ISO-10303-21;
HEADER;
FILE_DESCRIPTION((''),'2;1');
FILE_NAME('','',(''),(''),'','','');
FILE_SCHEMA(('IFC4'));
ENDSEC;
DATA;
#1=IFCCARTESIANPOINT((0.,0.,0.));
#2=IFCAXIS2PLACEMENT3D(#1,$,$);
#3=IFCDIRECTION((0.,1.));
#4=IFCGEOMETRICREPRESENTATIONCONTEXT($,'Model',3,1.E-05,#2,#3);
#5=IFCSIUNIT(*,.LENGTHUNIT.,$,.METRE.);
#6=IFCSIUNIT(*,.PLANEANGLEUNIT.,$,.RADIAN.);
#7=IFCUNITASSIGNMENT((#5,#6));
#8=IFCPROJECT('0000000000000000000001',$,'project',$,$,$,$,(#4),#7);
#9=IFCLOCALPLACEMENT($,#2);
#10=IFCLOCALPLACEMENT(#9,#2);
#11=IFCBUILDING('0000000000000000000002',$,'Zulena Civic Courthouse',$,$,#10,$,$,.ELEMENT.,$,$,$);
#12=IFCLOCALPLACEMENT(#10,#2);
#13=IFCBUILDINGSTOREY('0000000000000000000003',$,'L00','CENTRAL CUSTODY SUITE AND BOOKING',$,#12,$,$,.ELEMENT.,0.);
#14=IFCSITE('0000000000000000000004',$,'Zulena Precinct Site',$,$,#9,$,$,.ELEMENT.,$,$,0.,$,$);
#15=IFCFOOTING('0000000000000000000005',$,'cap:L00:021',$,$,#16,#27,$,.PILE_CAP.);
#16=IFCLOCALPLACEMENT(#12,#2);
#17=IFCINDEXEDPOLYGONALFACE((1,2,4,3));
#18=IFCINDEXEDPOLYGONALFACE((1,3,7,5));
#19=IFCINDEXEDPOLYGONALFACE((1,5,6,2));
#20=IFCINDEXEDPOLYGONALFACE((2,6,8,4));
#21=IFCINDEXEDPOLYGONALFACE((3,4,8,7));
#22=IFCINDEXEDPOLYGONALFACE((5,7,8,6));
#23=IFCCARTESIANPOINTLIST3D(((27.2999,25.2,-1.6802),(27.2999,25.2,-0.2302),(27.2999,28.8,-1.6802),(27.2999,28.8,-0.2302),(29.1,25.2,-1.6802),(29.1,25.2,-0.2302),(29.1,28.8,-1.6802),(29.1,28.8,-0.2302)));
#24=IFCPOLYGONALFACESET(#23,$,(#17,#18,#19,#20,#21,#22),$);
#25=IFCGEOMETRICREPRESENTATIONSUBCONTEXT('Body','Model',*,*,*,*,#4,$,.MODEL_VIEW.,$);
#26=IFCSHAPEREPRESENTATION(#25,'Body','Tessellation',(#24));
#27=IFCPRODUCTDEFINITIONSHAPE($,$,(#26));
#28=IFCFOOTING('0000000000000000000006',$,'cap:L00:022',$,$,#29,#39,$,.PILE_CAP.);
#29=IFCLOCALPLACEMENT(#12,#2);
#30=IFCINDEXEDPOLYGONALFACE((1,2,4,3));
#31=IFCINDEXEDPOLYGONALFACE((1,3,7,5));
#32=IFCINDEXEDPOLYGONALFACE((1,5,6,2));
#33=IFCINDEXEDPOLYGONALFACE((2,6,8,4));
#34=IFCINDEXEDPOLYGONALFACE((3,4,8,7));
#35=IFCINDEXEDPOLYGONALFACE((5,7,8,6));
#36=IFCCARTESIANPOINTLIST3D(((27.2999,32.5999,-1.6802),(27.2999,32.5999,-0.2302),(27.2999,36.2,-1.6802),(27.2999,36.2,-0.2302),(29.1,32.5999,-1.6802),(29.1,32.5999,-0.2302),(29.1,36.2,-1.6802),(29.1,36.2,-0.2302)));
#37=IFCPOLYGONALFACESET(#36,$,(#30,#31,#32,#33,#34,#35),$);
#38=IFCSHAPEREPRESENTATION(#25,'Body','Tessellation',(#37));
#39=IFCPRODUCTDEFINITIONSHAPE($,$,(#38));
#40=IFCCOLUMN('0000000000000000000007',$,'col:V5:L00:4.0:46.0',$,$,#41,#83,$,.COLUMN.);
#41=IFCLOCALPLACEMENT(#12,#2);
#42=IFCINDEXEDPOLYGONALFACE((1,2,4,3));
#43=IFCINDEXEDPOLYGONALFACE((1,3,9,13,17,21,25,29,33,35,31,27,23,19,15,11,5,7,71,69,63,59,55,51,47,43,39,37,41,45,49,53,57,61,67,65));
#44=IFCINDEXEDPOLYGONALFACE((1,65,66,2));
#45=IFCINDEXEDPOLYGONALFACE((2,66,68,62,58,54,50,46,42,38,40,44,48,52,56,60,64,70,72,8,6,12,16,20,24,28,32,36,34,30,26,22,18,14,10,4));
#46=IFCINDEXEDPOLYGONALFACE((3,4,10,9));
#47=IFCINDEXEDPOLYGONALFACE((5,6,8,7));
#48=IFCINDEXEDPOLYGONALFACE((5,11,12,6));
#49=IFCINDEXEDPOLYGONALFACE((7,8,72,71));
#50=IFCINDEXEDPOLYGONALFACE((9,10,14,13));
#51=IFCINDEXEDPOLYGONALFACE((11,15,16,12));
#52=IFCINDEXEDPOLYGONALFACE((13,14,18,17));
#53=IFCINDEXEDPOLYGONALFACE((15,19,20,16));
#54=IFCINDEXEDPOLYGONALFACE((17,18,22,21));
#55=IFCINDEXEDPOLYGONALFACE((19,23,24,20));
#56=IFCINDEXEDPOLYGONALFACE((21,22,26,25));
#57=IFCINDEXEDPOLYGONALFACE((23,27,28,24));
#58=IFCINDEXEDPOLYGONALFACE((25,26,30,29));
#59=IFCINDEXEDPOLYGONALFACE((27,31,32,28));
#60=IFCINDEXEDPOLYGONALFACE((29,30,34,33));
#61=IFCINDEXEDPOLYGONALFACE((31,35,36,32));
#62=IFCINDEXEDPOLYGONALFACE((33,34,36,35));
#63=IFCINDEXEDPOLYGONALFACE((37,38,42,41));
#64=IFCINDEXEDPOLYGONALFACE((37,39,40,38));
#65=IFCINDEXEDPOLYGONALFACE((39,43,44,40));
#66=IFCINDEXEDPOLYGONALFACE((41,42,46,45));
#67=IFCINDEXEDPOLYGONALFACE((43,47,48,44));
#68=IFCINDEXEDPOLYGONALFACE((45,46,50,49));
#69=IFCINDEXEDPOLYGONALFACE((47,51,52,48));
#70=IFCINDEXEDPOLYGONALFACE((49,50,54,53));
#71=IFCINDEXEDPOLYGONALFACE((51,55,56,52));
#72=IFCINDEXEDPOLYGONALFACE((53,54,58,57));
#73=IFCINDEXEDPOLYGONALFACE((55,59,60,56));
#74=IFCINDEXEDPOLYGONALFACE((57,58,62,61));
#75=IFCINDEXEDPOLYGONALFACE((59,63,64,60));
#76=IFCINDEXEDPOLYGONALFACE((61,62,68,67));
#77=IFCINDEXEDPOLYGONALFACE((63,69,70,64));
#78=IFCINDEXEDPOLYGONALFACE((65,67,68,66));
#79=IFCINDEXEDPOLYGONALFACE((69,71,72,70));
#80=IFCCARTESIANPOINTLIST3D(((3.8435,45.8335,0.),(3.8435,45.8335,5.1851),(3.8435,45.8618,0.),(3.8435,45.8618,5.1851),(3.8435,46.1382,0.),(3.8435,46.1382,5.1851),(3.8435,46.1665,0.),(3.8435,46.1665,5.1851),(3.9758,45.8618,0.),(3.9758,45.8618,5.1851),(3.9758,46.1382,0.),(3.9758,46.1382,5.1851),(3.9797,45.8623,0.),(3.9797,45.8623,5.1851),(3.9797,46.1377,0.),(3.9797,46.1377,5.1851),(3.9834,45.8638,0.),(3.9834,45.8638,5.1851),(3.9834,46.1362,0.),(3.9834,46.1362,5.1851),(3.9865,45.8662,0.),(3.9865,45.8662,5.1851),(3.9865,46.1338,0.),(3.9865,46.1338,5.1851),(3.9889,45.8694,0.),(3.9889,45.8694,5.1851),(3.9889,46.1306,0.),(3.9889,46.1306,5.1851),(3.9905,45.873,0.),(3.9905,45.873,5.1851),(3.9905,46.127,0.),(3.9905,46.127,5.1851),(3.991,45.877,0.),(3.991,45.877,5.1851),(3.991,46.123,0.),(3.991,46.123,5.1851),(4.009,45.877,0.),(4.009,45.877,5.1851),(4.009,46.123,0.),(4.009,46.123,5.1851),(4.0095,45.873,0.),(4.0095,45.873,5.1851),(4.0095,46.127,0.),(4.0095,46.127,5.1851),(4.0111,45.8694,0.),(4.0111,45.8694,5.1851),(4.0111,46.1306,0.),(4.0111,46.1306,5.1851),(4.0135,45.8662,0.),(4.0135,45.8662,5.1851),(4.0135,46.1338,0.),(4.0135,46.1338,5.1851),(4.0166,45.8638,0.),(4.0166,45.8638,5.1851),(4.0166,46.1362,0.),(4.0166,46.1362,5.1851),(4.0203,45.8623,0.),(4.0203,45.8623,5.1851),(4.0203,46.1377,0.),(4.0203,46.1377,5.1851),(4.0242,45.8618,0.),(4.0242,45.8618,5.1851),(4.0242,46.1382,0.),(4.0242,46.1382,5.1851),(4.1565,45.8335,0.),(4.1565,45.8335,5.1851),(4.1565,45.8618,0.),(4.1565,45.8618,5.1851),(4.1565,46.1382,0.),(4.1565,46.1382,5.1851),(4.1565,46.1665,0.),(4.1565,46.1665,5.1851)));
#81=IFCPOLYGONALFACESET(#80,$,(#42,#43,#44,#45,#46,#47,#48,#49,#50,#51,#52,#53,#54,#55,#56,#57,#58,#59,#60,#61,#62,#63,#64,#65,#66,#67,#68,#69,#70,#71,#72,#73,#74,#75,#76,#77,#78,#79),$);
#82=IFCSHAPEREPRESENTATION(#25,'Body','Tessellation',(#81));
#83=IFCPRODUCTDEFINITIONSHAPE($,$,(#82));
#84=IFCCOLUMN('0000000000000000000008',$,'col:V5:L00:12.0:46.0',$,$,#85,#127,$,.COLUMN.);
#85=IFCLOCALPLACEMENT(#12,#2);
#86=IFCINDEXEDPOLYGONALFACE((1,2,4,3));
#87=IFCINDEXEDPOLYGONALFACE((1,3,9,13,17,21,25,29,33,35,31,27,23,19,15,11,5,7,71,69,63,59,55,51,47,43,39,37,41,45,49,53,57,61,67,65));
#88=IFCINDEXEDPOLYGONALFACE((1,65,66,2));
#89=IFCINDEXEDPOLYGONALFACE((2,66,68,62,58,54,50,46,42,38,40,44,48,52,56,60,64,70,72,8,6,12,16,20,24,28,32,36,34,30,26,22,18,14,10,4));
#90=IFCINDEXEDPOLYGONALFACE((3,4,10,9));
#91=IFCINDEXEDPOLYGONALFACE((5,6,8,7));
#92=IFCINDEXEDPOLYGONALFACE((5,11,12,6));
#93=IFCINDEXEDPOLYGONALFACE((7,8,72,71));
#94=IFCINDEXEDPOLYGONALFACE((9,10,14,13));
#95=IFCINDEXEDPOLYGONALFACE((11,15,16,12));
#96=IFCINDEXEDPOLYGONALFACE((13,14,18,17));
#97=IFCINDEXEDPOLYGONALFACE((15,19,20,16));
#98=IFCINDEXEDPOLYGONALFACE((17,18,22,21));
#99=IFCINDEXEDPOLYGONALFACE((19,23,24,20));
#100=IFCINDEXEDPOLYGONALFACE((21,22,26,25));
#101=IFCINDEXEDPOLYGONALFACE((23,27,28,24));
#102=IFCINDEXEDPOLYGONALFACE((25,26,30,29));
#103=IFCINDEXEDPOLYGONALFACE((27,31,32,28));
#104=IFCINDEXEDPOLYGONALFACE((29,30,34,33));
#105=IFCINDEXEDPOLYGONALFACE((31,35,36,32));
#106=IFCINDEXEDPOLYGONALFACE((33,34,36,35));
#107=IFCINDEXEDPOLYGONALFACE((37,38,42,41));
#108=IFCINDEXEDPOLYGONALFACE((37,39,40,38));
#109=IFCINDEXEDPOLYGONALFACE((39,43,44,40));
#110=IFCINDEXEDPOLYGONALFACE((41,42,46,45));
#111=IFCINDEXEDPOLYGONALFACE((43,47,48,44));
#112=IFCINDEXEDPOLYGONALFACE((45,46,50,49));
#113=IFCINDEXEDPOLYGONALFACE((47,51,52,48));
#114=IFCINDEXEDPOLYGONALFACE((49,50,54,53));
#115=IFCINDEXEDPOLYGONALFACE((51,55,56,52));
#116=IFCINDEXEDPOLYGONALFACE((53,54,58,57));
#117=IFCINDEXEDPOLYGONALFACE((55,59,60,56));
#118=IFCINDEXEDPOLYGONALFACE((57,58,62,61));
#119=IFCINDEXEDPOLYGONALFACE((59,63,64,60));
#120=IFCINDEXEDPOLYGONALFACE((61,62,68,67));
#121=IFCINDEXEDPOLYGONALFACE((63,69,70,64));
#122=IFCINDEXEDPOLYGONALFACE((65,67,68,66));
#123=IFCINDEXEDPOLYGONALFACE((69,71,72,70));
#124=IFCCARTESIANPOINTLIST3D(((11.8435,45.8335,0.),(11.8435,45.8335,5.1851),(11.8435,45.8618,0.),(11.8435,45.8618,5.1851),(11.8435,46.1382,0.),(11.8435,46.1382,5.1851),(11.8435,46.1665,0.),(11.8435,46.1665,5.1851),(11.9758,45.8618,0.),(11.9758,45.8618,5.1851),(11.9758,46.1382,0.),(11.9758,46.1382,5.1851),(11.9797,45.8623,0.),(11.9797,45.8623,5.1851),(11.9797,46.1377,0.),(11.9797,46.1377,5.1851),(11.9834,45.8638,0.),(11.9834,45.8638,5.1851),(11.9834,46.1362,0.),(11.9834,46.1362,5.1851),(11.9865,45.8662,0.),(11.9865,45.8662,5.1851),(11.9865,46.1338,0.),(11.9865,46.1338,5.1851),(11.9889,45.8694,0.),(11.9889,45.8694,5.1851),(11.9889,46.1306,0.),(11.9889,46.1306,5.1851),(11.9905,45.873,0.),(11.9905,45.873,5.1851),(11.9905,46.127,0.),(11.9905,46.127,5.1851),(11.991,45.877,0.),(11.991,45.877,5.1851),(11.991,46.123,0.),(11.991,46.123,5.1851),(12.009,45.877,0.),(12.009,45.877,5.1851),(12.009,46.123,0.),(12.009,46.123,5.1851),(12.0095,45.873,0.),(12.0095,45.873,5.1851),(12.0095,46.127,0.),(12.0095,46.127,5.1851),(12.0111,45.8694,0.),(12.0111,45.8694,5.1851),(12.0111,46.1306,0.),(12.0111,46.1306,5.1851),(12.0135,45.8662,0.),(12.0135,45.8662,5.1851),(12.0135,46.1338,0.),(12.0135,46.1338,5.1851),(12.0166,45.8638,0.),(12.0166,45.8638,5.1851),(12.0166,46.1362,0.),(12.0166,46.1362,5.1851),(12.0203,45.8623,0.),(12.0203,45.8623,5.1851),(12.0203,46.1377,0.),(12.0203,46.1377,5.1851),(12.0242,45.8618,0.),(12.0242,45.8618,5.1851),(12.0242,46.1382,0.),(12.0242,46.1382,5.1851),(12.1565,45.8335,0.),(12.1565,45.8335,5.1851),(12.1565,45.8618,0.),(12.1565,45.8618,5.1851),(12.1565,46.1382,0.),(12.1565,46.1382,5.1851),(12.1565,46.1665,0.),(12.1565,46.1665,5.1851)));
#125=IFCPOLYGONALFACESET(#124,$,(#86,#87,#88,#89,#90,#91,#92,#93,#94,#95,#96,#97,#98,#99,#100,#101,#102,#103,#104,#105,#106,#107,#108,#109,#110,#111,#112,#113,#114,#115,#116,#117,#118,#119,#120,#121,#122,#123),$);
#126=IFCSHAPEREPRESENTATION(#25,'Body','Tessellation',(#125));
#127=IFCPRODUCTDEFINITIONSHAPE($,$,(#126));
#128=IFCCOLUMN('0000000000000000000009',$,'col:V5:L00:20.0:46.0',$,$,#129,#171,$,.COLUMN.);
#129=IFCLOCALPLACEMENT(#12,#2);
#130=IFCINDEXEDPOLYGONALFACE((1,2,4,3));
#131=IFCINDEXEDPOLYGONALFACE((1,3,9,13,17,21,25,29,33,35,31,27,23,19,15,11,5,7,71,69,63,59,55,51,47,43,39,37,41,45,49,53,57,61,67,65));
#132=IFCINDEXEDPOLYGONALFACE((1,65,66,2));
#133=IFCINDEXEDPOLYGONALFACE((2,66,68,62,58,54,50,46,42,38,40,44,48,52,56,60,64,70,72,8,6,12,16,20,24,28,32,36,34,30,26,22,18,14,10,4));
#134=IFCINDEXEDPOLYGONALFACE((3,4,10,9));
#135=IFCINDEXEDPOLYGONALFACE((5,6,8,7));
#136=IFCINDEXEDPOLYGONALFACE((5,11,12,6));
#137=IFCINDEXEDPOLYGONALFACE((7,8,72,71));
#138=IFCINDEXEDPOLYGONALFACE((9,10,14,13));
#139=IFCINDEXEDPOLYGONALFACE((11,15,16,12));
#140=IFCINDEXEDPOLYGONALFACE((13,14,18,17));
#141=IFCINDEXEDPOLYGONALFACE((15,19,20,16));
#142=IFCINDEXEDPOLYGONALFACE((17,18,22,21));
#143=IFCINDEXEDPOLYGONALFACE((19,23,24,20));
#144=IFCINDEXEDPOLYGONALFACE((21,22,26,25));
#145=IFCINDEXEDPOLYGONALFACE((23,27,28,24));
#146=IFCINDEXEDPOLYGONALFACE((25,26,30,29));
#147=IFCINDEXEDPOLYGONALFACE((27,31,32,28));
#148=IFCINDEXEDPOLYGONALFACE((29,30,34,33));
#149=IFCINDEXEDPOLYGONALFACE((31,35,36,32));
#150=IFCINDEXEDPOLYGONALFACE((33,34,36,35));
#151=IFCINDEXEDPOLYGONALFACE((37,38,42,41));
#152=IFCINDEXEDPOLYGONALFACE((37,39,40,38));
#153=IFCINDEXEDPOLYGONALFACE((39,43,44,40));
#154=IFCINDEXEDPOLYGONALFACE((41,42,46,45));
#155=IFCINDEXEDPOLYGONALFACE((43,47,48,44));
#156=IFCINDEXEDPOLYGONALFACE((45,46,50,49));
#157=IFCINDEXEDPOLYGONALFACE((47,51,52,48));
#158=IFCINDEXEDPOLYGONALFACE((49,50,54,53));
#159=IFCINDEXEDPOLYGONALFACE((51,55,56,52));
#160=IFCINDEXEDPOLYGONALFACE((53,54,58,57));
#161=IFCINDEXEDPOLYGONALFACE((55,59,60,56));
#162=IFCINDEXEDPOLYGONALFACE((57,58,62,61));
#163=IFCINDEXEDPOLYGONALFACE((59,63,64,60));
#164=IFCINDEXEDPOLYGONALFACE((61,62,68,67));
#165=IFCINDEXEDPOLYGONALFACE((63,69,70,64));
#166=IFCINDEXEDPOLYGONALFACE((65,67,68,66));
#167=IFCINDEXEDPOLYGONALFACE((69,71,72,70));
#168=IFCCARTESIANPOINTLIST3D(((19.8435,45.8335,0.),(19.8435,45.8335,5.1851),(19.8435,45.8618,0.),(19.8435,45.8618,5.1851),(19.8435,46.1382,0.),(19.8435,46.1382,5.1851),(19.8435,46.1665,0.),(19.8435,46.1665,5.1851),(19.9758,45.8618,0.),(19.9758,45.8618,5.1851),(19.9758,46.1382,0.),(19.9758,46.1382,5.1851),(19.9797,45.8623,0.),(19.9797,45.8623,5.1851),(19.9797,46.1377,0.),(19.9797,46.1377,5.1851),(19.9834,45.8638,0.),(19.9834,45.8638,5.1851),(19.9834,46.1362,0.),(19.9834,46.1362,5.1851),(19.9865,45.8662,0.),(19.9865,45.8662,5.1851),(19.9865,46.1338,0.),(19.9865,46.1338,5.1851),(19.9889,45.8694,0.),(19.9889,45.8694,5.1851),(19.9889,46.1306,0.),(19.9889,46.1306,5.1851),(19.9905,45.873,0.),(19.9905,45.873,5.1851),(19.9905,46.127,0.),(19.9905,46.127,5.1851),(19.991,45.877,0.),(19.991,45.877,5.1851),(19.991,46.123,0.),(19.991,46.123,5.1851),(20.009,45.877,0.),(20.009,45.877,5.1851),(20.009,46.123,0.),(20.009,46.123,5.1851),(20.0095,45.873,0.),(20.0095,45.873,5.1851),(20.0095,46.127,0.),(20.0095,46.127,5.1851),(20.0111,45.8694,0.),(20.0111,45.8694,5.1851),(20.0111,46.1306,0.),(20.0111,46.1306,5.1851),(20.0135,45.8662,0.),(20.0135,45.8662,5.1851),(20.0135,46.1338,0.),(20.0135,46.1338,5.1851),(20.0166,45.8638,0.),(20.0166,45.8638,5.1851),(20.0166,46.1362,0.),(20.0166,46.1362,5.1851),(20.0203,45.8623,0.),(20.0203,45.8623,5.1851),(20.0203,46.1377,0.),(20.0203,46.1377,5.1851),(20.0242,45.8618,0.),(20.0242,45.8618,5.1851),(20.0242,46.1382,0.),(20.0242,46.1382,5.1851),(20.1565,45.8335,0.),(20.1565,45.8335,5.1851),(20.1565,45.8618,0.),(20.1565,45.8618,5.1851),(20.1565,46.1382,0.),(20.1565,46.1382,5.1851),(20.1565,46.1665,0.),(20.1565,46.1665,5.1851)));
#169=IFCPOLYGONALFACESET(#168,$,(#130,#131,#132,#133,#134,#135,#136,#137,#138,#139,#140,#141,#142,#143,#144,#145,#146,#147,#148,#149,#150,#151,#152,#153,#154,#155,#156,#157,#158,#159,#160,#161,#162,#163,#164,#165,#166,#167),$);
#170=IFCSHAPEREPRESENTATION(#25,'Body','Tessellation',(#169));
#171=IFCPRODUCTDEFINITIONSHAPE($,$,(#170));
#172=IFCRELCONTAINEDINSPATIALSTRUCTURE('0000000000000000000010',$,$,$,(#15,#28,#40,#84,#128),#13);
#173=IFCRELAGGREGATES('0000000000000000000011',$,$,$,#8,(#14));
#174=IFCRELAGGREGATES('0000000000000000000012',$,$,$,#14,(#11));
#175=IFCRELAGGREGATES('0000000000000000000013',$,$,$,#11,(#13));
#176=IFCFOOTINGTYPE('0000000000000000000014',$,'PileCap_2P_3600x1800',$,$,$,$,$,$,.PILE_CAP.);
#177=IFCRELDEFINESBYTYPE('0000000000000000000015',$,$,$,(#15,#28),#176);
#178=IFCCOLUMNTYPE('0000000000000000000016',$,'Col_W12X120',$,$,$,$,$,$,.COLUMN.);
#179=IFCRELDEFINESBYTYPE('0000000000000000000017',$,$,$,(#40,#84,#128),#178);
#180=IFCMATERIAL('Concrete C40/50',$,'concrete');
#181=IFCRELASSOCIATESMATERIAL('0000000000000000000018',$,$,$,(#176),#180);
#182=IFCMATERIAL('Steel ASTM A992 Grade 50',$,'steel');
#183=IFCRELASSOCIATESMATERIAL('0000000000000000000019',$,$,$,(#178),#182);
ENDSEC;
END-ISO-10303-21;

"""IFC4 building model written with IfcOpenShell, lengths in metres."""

from ifc_helpers import new_model, si_unit, direction, frame, origin, origin_2d, place, context, subcontext, project, spatial, rectangle, i_section, extrude, material, material_profile, profile_set, type_object, element, save


model = new_model("IFC4")

# Units and contexts
model_context = context("Model", 3, precision=1e-05, world=origin(), true_north=direction((0.0, 1.0)))
body_context = subcontext(model_context, "Body", "Model", "MODEL_VIEW")
ifc_project = project(units=[si_unit("LENGTHUNIT", "METRE"), si_unit("PLANEANGLEUNIT", "RADIAN")], contexts=[model_context])

# Site, building, storey
site_placement = place(None, origin())
site = spatial("IfcSite", under=ifc_project, at=site_placement, Name="Zulena Precinct Site", CompositionType="ELEMENT", RefElevation=0.0)
building_placement = place(site_placement, origin())
building = spatial("IfcBuilding", under=site, at=building_placement, Name="Zulena Civic Courthouse", CompositionType="ELEMENT")
storey_placement = place(building_placement, origin())
storey = spatial("IfcBuildingStorey", under=building, at=storey_placement, Name="L00", Description="CENTRAL CUSTODY SUITE AND BOOKING", CompositionType="ELEMENT", Elevation=0.0)

# Shared definitions
ifc_material_1 = material(Name="Concrete C40/50", Category="concrete")

# Footings
footing_type_1 = type_object("IfcFootingType", Name="PileCap_2P_3600x1800", PredefinedType="PILE_CAP", material=ifc_material_1)
for number, where, z_axis, x_axis, name in (
    (1, (28.2, 27.0, -1.6802), (0.0, 0.0, 1.0), (1.0, 0.0, 0.0), "cap:L00:021"),
    (2, (28.2, 34.3999, -1.6802), (0.0, 0.0, 1.0), (1.0, 0.0, 0.0), "cap:L00:022"),
):
    element("IfcFooting", number, at=place(storey_placement, frame(where, z_axis=z_axis, x_axis=x_axis)), inside=storey, type_object=footing_type_1, Name=name, PredefinedType="PILE_CAP", context=body_context, shape_type="SweptSolid", body=[
        extrude(rectangle(XDim=1.8, YDim=3.6001, at=origin_2d()), origin(), (0.0, 0.0, 1.0), 1.45),
    ])

# Columns
ifc_material_2 = material(Name="Steel ASTM A992 Grade 50", Category="steel")
ifc_material_profile_1 = material_profile(ifc_material_2, i_section(OverallWidth=0.313, OverallDepth=0.333, WebThickness=0.0181, FlangeThickness=0.0283, FilletRadius=0.0151, at=origin_2d()), Name="W12X120")
ifc_profile_set_1 = profile_set([ifc_material_profile_1], Name="Steel ASTM A992 Grade 50")
column_type = type_object("IfcColumnType", Name="Col_W12X120", PredefinedType="COLUMN", material=ifc_profile_set_1)
for number, where, z_axis, x_axis, name in (
    (3, (4.0, 46.0, 0.0), (0.0, 0.0, 1.0), (1.0, 0.0, 0.0), "col:V5:L00:4.0:46.0"),
    (4, (12.0, 46.0, 0.0), (0.0, 0.0, 1.0), (1.0, 0.0, 0.0), "col:V5:L00:12.0:46.0"),
    (5, (20.0, 46.0, 0.0), (0.0, 0.0, 1.0), (1.0, 0.0, 0.0), "col:V5:L00:20.0:46.0"),
):
    element("IfcColumn", number, at=place(storey_placement, frame(where, z_axis=z_axis, x_axis=x_axis)), inside=storey, type_object=column_type, Name=name, PredefinedType="COLUMN", context=body_context, shape_type="SweptSolid", body=[
        extrude(i_section(OverallWidth=0.313, OverallDepth=0.333, WebThickness=0.0181, FlangeThickness=0.0283, FilletRadius=0.0151, at=origin_2d()), origin(), (0.0, 0.0, 1.0), 5.1851),
    ])

save(model, "model.ifc")
